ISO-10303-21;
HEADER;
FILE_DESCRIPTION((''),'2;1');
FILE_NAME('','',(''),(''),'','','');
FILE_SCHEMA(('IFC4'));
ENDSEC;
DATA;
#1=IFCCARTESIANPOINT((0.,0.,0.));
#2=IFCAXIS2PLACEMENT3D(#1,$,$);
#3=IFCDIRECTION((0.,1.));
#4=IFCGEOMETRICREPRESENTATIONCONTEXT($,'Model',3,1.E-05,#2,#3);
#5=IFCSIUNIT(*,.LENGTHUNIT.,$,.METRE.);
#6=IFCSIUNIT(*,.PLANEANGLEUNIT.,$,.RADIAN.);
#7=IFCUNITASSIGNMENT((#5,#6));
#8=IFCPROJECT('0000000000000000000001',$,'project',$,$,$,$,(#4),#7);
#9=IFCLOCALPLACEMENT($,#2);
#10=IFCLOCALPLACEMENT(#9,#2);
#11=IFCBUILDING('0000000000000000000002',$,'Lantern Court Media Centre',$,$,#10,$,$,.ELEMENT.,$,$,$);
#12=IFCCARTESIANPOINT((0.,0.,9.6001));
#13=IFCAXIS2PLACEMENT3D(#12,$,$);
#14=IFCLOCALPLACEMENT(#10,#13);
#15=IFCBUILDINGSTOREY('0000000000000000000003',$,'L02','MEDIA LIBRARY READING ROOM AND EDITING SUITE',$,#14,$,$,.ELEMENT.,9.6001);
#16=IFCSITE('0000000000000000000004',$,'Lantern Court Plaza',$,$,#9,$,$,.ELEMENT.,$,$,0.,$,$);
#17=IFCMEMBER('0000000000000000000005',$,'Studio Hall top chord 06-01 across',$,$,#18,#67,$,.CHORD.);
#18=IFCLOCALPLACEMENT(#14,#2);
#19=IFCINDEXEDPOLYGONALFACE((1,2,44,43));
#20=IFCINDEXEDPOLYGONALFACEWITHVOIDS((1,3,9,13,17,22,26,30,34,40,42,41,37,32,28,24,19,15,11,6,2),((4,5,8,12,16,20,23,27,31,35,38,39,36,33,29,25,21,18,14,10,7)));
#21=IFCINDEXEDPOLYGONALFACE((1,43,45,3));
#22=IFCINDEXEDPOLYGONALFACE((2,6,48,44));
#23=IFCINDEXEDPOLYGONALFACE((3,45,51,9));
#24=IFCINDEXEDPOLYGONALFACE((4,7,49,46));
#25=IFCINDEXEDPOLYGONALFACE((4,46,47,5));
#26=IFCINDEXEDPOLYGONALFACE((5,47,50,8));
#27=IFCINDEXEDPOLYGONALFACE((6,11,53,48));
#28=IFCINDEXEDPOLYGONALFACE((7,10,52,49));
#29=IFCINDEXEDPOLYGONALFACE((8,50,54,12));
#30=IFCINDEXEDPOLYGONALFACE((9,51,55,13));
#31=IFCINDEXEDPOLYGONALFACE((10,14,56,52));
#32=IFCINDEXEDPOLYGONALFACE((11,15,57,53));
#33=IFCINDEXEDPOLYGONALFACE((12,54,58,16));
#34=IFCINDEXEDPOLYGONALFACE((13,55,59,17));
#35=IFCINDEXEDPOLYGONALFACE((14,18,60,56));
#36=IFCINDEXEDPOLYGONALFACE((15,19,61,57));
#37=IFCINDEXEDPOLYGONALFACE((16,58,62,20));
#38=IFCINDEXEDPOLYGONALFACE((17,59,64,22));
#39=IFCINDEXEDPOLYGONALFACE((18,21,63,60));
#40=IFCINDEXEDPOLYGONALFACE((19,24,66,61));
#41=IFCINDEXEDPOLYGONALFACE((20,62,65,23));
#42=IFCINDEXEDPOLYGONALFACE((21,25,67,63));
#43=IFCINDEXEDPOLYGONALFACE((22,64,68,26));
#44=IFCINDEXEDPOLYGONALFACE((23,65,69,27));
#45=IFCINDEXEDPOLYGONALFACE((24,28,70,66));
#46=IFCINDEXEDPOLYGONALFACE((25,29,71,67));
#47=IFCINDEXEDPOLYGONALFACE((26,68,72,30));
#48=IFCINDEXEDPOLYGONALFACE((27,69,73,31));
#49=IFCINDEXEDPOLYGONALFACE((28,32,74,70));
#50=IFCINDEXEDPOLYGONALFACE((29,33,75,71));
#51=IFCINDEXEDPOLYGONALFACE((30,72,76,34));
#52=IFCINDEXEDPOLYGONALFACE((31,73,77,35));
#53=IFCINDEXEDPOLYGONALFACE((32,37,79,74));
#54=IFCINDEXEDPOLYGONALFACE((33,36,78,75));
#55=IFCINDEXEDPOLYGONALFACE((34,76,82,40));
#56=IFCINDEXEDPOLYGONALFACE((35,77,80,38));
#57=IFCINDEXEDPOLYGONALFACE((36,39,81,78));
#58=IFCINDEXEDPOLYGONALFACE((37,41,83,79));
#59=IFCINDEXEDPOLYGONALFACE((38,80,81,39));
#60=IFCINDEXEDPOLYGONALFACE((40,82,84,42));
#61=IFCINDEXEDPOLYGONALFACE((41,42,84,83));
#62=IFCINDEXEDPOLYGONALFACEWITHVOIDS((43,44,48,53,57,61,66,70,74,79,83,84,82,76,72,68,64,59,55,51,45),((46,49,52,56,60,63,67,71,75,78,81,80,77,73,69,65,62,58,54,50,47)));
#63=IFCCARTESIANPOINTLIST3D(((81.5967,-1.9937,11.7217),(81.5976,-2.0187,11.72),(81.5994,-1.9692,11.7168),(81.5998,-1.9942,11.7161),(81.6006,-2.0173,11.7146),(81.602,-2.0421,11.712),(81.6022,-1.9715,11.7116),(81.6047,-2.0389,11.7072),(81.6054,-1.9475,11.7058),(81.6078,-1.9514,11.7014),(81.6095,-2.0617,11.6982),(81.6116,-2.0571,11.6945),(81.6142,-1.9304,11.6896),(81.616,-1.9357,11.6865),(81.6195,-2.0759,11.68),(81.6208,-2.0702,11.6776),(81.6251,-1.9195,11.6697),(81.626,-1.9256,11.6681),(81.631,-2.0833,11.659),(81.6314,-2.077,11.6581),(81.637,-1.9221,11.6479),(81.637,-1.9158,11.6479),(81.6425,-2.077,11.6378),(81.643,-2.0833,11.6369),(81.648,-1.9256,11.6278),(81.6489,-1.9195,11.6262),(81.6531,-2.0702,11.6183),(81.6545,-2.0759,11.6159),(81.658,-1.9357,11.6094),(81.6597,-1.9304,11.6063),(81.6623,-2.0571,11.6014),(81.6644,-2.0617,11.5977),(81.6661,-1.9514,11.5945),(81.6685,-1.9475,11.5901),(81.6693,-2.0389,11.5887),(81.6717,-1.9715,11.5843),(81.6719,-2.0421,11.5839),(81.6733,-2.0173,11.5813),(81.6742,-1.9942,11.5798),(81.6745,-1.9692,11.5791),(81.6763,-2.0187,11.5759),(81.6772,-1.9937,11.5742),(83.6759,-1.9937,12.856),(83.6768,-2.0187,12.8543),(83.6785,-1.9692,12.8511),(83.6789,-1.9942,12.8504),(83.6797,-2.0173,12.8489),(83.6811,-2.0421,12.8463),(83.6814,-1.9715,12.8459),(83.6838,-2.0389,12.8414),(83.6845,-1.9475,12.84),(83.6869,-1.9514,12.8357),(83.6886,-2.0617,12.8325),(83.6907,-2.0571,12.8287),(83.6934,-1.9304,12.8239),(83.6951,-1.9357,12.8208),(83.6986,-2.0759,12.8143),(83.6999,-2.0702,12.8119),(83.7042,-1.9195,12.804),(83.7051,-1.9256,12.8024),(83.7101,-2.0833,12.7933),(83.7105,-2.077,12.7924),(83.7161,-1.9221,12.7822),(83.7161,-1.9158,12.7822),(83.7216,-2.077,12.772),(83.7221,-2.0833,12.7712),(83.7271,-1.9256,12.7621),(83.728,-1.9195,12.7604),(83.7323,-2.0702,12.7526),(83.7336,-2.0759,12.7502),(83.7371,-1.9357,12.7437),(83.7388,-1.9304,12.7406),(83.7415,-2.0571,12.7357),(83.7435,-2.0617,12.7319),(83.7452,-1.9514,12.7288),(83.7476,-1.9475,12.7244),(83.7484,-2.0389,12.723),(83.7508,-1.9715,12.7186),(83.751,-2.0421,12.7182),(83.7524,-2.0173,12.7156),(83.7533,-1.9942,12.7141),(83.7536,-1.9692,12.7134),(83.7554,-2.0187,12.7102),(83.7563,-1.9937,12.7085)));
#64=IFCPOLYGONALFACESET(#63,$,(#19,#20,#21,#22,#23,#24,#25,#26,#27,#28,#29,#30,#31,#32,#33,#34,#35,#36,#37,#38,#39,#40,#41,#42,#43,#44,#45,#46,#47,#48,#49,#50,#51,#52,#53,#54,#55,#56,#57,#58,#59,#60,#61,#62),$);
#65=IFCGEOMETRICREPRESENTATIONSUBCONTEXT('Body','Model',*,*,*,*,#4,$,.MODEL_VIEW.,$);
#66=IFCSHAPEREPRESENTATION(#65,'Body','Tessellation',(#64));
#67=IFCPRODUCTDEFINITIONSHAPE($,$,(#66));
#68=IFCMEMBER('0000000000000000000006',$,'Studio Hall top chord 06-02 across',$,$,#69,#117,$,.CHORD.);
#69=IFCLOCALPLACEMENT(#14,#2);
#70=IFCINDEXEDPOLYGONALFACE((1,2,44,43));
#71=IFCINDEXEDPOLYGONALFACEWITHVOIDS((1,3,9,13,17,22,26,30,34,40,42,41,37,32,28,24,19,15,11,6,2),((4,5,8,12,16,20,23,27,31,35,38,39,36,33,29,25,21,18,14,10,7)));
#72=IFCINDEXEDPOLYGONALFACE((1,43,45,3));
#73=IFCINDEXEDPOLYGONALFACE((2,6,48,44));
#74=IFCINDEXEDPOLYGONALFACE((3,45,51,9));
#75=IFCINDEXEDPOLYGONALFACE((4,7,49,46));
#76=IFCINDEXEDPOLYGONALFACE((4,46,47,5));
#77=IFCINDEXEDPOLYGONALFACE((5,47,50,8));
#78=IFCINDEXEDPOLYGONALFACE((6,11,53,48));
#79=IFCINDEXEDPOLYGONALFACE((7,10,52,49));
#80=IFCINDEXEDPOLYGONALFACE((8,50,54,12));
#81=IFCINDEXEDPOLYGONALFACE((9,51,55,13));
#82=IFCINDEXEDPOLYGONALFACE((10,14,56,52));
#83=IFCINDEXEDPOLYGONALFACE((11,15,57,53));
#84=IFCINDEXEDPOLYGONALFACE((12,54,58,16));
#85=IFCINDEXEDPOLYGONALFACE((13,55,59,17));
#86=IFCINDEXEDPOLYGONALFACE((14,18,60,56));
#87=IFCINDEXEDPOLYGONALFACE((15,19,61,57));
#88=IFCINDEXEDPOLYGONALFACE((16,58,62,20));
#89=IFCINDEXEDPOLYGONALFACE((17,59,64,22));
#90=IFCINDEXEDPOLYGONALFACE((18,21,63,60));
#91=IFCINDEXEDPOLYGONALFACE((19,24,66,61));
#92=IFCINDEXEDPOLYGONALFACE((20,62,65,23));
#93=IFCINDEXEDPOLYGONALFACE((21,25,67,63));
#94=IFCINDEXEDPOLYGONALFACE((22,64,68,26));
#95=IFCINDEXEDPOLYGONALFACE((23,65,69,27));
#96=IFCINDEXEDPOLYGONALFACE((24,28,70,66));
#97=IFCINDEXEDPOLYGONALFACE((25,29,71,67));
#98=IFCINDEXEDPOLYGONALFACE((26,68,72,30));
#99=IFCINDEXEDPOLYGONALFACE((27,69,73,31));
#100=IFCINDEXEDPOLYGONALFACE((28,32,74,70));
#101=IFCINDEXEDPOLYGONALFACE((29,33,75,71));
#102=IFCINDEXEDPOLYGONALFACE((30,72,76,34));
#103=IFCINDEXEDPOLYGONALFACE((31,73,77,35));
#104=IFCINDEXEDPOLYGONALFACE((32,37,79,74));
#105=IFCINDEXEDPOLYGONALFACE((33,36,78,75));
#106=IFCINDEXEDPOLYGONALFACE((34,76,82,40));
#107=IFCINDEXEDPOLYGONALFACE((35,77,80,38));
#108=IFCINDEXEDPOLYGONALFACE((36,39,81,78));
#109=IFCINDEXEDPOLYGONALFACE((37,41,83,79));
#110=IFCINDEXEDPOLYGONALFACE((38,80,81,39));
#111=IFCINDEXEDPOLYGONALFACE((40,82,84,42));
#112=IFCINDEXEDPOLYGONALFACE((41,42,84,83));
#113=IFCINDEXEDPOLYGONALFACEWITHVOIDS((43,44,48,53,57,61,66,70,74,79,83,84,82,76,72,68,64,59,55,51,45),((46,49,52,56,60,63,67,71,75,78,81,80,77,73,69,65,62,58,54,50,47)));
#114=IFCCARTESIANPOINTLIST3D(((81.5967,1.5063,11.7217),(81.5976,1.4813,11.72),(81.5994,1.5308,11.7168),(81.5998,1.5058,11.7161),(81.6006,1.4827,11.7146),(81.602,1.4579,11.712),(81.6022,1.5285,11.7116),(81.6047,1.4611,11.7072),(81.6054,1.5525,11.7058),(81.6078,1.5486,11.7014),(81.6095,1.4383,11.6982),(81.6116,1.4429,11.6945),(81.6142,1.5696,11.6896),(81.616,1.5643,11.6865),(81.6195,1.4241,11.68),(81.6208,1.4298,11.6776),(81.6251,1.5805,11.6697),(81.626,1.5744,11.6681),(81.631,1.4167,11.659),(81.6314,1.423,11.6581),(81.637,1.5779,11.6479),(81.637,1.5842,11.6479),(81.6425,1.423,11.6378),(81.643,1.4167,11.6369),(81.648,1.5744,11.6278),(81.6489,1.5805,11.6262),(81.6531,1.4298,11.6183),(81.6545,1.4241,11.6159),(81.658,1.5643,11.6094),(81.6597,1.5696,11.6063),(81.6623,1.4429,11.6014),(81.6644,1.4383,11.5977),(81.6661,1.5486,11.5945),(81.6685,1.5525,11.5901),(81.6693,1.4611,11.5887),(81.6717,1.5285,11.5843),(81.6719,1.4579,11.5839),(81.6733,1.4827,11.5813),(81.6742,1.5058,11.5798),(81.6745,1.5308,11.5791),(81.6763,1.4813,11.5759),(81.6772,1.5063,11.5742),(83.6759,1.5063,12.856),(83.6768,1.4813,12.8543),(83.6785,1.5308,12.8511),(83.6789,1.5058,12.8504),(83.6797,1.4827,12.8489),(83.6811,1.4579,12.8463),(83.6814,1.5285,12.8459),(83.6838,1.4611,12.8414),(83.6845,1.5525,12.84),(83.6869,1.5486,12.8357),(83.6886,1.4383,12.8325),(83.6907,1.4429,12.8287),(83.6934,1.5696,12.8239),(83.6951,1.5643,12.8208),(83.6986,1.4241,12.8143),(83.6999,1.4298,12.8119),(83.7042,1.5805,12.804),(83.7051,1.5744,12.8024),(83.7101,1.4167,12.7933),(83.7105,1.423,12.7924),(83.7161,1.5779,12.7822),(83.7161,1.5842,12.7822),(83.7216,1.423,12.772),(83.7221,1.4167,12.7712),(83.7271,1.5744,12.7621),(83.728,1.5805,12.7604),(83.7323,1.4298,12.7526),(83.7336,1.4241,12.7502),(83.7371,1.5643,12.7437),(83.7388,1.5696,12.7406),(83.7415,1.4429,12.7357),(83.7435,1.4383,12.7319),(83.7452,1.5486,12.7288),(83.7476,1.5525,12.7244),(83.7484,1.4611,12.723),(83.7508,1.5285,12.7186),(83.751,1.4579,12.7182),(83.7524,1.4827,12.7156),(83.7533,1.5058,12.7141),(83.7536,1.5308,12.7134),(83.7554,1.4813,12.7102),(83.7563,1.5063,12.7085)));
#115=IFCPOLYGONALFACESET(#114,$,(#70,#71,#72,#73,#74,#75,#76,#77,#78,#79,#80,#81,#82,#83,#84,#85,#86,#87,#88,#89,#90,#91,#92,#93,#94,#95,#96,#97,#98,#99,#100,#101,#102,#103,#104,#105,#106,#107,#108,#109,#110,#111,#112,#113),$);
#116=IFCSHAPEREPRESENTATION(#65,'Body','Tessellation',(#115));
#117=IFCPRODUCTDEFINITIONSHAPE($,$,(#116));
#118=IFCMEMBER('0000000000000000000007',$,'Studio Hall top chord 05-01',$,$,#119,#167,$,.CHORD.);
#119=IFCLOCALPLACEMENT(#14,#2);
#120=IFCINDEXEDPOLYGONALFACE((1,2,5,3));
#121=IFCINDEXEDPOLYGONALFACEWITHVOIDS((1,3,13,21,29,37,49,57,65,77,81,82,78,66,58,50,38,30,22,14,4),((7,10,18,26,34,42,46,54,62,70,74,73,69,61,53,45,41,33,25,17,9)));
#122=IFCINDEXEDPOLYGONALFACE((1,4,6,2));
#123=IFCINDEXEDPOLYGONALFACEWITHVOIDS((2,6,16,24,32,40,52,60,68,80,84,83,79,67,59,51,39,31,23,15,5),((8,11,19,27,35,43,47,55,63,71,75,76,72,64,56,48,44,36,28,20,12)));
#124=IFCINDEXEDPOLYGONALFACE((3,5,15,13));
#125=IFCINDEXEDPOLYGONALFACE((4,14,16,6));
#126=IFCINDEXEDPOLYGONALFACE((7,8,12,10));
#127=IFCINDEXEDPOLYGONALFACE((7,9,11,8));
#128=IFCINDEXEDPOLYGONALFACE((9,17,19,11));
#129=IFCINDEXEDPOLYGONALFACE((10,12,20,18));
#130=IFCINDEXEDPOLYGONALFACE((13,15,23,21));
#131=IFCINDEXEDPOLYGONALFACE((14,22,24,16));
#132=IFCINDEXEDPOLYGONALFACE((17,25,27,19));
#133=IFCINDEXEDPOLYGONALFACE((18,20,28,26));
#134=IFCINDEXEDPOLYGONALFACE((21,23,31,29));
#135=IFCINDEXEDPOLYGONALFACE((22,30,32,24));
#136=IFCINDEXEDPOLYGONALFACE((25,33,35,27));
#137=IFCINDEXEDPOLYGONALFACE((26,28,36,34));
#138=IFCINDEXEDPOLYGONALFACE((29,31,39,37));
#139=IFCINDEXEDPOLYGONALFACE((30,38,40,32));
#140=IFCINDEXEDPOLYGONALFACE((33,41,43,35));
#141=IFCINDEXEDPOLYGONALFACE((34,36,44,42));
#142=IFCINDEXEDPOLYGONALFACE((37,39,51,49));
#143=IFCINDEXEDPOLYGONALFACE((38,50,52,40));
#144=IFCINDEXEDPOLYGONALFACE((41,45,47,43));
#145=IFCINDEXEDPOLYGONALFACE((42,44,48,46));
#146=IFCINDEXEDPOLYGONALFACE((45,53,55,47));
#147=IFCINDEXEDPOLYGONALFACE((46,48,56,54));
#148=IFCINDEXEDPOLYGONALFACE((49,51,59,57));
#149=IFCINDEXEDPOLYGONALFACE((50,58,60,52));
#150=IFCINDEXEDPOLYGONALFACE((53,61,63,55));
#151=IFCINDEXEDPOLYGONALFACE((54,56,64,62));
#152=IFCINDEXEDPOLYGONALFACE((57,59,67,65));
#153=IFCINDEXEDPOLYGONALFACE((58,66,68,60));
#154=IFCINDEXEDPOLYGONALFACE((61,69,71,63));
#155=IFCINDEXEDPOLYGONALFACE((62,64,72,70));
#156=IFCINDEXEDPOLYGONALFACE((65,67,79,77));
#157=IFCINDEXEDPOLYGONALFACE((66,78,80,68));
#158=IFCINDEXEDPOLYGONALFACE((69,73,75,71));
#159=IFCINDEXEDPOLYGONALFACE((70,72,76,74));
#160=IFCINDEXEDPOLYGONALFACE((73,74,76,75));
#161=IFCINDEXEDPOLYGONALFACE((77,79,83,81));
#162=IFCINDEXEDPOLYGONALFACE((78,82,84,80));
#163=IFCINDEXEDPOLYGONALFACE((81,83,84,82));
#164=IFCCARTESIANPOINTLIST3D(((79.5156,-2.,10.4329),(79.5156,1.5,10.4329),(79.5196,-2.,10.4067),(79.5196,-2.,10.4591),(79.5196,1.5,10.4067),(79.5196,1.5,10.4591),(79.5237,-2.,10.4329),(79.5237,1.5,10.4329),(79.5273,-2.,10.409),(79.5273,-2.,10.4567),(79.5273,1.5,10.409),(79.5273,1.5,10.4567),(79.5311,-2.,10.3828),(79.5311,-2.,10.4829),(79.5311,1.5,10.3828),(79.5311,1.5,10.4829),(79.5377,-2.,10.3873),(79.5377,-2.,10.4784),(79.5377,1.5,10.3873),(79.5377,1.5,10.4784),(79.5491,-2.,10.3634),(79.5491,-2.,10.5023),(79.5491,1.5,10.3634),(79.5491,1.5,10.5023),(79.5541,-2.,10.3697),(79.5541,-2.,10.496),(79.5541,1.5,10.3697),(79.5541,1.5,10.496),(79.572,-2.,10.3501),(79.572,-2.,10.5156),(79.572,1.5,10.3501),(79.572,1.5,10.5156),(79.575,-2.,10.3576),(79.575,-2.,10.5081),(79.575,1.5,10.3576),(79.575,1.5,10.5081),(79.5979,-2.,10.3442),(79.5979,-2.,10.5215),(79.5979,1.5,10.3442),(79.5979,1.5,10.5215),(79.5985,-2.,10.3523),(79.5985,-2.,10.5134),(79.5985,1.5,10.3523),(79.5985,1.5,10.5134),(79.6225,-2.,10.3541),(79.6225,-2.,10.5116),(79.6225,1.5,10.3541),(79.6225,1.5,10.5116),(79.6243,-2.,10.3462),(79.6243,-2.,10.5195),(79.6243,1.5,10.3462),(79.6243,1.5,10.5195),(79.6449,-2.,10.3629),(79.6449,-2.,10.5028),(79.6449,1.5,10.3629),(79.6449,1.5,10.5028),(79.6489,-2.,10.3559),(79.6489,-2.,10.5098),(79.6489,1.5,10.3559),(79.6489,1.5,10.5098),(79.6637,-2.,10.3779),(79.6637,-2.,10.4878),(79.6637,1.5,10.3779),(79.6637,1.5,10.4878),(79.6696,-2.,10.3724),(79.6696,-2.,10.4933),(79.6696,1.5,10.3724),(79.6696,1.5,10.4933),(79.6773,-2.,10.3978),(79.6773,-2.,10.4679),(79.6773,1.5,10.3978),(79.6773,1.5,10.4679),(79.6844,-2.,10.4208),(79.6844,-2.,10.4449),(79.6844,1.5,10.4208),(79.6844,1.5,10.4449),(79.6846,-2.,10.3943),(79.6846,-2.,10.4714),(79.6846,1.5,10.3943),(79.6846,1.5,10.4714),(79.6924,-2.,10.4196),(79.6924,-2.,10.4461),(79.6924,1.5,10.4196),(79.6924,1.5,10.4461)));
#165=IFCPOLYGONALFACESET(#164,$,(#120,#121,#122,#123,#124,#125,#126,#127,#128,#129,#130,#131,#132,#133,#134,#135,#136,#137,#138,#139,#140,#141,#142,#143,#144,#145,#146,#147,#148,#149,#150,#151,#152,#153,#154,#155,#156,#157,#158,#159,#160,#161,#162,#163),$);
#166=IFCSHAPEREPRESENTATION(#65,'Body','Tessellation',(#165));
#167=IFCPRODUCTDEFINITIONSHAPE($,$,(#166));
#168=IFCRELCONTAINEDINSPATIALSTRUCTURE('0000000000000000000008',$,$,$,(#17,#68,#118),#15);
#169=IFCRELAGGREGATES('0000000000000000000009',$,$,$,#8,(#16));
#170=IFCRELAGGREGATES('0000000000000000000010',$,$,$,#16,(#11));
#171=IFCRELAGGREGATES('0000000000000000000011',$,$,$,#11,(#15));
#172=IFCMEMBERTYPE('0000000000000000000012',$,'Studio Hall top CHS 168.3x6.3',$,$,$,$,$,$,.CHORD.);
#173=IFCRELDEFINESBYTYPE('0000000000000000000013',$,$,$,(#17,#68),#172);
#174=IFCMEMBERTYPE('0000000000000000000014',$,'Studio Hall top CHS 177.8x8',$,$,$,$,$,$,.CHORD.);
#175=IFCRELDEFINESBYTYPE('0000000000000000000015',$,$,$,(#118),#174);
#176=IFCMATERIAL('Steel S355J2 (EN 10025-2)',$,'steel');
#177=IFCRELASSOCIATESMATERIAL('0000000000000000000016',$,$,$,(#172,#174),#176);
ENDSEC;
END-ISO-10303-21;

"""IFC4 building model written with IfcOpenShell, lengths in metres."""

from ifc_helpers import new_model, si_unit, direction, frame, origin, origin_2d, place, context, subcontext, project, spatial, hollow_circle, extrude, material, material_profile, profile_set, type_object, element, save


model = new_model("IFC4")

# Units and contexts
model_context = context("Model", 3, precision=1e-05, world=origin(), true_north=direction((0.0, 1.0)))
body_context = subcontext(model_context, "Body", "Model", "MODEL_VIEW")
ifc_project = project(units=[si_unit("LENGTHUNIT", "METRE"), si_unit("PLANEANGLEUNIT", "RADIAN")], contexts=[model_context])

# Site, building, storey
site_placement = place(None, origin())
site = spatial("IfcSite", under=ifc_project, at=site_placement, Name="Lantern Court Plaza", CompositionType="ELEMENT", RefElevation=0.0)
building_placement = place(site_placement, origin())
building = spatial("IfcBuilding", under=site, at=building_placement, Name="Lantern Court Media Centre", CompositionType="ELEMENT")
storey_placement = place(building_placement, frame((0.0, 0.0, 9.6001)))
storey = spatial("IfcBuildingStorey", under=building, at=storey_placement, Name="L02", Description="MEDIA LIBRARY READING ROOM AND EDITING SUITE", CompositionType="ELEMENT", Elevation=9.6001)

# Members
ifc_material = material(Name="Steel S355J2 (EN 10025-2)", Category="steel")
ifc_material_profile_1 = material_profile(ifc_material, hollow_circle(Radius=0.0842, WallThickness=0.0063, at=origin_2d()), Name="Studio Hall top CHS 168.3x6.3")
ifc_profile_set_1 = profile_set([ifc_material_profile_1], Name="Steel S355J2 (EN 10025-2)")
member_type_1 = type_object("IfcMemberType", Name="Studio Hall top CHS 168.3x6.3", PredefinedType="CHORD", material=ifc_profile_set_1)
for number, where, z_axis, x_axis, name in (
    (1, (81.637, -2.0, 11.6479), (0.877856, 0.0, 0.478924), (0.0, 1.0, 0.0), "Studio Hall top chord 06-01 across"),
    (2, (81.637, 1.5, 11.6479), (0.877856, 0.0, 0.478924), (0.0, 1.0, 0.0), "Studio Hall top chord 06-02 across"),
):
    element("IfcMember", number, at=place(storey_placement, frame(where, z_axis=z_axis, x_axis=x_axis)), inside=storey, type_object=member_type_1, Name=name, PredefinedType="CHORD", context=body_context, shape_type="SweptSolid", body=[
        extrude(hollow_circle(Radius=0.0842, WallThickness=0.0063, at=origin_2d()), origin(), (0.0, 0.0, 1.0), 2.3684),
    ])
ifc_material_profile_2 = material_profile(ifc_material, hollow_circle(Radius=0.0889, WallThickness=0.0081, at=origin_2d()), Name="Studio Hall top CHS 177.8x8")
ifc_profile_set_2 = profile_set([ifc_material_profile_2], Name="Steel S355J2 (EN 10025-2)")
member_type_2 = type_object("IfcMemberType", Name="Studio Hall top CHS 177.8x8", PredefinedType="CHORD", material=ifc_profile_set_2)
for number, where, z_axis, x_axis, name in (
    (3, (79.6045, -2.0, 10.4329), (0.0, 1.0, 0.0), (-1.0, 0.0, 0.0), "Studio Hall top chord 05-01"),
):
    element("IfcMember", number, at=place(storey_placement, frame(where, z_axis=z_axis, x_axis=x_axis)), inside=storey, type_object=member_type_2, Name=name, PredefinedType="CHORD", context=body_context, shape_type="SweptSolid", body=[
        extrude(hollow_circle(Radius=0.0889, WallThickness=0.0081, at=origin_2d()), origin(), (0.0, 0.0, 1.0), 3.5),
    ])

save(model, "model.ifc")
